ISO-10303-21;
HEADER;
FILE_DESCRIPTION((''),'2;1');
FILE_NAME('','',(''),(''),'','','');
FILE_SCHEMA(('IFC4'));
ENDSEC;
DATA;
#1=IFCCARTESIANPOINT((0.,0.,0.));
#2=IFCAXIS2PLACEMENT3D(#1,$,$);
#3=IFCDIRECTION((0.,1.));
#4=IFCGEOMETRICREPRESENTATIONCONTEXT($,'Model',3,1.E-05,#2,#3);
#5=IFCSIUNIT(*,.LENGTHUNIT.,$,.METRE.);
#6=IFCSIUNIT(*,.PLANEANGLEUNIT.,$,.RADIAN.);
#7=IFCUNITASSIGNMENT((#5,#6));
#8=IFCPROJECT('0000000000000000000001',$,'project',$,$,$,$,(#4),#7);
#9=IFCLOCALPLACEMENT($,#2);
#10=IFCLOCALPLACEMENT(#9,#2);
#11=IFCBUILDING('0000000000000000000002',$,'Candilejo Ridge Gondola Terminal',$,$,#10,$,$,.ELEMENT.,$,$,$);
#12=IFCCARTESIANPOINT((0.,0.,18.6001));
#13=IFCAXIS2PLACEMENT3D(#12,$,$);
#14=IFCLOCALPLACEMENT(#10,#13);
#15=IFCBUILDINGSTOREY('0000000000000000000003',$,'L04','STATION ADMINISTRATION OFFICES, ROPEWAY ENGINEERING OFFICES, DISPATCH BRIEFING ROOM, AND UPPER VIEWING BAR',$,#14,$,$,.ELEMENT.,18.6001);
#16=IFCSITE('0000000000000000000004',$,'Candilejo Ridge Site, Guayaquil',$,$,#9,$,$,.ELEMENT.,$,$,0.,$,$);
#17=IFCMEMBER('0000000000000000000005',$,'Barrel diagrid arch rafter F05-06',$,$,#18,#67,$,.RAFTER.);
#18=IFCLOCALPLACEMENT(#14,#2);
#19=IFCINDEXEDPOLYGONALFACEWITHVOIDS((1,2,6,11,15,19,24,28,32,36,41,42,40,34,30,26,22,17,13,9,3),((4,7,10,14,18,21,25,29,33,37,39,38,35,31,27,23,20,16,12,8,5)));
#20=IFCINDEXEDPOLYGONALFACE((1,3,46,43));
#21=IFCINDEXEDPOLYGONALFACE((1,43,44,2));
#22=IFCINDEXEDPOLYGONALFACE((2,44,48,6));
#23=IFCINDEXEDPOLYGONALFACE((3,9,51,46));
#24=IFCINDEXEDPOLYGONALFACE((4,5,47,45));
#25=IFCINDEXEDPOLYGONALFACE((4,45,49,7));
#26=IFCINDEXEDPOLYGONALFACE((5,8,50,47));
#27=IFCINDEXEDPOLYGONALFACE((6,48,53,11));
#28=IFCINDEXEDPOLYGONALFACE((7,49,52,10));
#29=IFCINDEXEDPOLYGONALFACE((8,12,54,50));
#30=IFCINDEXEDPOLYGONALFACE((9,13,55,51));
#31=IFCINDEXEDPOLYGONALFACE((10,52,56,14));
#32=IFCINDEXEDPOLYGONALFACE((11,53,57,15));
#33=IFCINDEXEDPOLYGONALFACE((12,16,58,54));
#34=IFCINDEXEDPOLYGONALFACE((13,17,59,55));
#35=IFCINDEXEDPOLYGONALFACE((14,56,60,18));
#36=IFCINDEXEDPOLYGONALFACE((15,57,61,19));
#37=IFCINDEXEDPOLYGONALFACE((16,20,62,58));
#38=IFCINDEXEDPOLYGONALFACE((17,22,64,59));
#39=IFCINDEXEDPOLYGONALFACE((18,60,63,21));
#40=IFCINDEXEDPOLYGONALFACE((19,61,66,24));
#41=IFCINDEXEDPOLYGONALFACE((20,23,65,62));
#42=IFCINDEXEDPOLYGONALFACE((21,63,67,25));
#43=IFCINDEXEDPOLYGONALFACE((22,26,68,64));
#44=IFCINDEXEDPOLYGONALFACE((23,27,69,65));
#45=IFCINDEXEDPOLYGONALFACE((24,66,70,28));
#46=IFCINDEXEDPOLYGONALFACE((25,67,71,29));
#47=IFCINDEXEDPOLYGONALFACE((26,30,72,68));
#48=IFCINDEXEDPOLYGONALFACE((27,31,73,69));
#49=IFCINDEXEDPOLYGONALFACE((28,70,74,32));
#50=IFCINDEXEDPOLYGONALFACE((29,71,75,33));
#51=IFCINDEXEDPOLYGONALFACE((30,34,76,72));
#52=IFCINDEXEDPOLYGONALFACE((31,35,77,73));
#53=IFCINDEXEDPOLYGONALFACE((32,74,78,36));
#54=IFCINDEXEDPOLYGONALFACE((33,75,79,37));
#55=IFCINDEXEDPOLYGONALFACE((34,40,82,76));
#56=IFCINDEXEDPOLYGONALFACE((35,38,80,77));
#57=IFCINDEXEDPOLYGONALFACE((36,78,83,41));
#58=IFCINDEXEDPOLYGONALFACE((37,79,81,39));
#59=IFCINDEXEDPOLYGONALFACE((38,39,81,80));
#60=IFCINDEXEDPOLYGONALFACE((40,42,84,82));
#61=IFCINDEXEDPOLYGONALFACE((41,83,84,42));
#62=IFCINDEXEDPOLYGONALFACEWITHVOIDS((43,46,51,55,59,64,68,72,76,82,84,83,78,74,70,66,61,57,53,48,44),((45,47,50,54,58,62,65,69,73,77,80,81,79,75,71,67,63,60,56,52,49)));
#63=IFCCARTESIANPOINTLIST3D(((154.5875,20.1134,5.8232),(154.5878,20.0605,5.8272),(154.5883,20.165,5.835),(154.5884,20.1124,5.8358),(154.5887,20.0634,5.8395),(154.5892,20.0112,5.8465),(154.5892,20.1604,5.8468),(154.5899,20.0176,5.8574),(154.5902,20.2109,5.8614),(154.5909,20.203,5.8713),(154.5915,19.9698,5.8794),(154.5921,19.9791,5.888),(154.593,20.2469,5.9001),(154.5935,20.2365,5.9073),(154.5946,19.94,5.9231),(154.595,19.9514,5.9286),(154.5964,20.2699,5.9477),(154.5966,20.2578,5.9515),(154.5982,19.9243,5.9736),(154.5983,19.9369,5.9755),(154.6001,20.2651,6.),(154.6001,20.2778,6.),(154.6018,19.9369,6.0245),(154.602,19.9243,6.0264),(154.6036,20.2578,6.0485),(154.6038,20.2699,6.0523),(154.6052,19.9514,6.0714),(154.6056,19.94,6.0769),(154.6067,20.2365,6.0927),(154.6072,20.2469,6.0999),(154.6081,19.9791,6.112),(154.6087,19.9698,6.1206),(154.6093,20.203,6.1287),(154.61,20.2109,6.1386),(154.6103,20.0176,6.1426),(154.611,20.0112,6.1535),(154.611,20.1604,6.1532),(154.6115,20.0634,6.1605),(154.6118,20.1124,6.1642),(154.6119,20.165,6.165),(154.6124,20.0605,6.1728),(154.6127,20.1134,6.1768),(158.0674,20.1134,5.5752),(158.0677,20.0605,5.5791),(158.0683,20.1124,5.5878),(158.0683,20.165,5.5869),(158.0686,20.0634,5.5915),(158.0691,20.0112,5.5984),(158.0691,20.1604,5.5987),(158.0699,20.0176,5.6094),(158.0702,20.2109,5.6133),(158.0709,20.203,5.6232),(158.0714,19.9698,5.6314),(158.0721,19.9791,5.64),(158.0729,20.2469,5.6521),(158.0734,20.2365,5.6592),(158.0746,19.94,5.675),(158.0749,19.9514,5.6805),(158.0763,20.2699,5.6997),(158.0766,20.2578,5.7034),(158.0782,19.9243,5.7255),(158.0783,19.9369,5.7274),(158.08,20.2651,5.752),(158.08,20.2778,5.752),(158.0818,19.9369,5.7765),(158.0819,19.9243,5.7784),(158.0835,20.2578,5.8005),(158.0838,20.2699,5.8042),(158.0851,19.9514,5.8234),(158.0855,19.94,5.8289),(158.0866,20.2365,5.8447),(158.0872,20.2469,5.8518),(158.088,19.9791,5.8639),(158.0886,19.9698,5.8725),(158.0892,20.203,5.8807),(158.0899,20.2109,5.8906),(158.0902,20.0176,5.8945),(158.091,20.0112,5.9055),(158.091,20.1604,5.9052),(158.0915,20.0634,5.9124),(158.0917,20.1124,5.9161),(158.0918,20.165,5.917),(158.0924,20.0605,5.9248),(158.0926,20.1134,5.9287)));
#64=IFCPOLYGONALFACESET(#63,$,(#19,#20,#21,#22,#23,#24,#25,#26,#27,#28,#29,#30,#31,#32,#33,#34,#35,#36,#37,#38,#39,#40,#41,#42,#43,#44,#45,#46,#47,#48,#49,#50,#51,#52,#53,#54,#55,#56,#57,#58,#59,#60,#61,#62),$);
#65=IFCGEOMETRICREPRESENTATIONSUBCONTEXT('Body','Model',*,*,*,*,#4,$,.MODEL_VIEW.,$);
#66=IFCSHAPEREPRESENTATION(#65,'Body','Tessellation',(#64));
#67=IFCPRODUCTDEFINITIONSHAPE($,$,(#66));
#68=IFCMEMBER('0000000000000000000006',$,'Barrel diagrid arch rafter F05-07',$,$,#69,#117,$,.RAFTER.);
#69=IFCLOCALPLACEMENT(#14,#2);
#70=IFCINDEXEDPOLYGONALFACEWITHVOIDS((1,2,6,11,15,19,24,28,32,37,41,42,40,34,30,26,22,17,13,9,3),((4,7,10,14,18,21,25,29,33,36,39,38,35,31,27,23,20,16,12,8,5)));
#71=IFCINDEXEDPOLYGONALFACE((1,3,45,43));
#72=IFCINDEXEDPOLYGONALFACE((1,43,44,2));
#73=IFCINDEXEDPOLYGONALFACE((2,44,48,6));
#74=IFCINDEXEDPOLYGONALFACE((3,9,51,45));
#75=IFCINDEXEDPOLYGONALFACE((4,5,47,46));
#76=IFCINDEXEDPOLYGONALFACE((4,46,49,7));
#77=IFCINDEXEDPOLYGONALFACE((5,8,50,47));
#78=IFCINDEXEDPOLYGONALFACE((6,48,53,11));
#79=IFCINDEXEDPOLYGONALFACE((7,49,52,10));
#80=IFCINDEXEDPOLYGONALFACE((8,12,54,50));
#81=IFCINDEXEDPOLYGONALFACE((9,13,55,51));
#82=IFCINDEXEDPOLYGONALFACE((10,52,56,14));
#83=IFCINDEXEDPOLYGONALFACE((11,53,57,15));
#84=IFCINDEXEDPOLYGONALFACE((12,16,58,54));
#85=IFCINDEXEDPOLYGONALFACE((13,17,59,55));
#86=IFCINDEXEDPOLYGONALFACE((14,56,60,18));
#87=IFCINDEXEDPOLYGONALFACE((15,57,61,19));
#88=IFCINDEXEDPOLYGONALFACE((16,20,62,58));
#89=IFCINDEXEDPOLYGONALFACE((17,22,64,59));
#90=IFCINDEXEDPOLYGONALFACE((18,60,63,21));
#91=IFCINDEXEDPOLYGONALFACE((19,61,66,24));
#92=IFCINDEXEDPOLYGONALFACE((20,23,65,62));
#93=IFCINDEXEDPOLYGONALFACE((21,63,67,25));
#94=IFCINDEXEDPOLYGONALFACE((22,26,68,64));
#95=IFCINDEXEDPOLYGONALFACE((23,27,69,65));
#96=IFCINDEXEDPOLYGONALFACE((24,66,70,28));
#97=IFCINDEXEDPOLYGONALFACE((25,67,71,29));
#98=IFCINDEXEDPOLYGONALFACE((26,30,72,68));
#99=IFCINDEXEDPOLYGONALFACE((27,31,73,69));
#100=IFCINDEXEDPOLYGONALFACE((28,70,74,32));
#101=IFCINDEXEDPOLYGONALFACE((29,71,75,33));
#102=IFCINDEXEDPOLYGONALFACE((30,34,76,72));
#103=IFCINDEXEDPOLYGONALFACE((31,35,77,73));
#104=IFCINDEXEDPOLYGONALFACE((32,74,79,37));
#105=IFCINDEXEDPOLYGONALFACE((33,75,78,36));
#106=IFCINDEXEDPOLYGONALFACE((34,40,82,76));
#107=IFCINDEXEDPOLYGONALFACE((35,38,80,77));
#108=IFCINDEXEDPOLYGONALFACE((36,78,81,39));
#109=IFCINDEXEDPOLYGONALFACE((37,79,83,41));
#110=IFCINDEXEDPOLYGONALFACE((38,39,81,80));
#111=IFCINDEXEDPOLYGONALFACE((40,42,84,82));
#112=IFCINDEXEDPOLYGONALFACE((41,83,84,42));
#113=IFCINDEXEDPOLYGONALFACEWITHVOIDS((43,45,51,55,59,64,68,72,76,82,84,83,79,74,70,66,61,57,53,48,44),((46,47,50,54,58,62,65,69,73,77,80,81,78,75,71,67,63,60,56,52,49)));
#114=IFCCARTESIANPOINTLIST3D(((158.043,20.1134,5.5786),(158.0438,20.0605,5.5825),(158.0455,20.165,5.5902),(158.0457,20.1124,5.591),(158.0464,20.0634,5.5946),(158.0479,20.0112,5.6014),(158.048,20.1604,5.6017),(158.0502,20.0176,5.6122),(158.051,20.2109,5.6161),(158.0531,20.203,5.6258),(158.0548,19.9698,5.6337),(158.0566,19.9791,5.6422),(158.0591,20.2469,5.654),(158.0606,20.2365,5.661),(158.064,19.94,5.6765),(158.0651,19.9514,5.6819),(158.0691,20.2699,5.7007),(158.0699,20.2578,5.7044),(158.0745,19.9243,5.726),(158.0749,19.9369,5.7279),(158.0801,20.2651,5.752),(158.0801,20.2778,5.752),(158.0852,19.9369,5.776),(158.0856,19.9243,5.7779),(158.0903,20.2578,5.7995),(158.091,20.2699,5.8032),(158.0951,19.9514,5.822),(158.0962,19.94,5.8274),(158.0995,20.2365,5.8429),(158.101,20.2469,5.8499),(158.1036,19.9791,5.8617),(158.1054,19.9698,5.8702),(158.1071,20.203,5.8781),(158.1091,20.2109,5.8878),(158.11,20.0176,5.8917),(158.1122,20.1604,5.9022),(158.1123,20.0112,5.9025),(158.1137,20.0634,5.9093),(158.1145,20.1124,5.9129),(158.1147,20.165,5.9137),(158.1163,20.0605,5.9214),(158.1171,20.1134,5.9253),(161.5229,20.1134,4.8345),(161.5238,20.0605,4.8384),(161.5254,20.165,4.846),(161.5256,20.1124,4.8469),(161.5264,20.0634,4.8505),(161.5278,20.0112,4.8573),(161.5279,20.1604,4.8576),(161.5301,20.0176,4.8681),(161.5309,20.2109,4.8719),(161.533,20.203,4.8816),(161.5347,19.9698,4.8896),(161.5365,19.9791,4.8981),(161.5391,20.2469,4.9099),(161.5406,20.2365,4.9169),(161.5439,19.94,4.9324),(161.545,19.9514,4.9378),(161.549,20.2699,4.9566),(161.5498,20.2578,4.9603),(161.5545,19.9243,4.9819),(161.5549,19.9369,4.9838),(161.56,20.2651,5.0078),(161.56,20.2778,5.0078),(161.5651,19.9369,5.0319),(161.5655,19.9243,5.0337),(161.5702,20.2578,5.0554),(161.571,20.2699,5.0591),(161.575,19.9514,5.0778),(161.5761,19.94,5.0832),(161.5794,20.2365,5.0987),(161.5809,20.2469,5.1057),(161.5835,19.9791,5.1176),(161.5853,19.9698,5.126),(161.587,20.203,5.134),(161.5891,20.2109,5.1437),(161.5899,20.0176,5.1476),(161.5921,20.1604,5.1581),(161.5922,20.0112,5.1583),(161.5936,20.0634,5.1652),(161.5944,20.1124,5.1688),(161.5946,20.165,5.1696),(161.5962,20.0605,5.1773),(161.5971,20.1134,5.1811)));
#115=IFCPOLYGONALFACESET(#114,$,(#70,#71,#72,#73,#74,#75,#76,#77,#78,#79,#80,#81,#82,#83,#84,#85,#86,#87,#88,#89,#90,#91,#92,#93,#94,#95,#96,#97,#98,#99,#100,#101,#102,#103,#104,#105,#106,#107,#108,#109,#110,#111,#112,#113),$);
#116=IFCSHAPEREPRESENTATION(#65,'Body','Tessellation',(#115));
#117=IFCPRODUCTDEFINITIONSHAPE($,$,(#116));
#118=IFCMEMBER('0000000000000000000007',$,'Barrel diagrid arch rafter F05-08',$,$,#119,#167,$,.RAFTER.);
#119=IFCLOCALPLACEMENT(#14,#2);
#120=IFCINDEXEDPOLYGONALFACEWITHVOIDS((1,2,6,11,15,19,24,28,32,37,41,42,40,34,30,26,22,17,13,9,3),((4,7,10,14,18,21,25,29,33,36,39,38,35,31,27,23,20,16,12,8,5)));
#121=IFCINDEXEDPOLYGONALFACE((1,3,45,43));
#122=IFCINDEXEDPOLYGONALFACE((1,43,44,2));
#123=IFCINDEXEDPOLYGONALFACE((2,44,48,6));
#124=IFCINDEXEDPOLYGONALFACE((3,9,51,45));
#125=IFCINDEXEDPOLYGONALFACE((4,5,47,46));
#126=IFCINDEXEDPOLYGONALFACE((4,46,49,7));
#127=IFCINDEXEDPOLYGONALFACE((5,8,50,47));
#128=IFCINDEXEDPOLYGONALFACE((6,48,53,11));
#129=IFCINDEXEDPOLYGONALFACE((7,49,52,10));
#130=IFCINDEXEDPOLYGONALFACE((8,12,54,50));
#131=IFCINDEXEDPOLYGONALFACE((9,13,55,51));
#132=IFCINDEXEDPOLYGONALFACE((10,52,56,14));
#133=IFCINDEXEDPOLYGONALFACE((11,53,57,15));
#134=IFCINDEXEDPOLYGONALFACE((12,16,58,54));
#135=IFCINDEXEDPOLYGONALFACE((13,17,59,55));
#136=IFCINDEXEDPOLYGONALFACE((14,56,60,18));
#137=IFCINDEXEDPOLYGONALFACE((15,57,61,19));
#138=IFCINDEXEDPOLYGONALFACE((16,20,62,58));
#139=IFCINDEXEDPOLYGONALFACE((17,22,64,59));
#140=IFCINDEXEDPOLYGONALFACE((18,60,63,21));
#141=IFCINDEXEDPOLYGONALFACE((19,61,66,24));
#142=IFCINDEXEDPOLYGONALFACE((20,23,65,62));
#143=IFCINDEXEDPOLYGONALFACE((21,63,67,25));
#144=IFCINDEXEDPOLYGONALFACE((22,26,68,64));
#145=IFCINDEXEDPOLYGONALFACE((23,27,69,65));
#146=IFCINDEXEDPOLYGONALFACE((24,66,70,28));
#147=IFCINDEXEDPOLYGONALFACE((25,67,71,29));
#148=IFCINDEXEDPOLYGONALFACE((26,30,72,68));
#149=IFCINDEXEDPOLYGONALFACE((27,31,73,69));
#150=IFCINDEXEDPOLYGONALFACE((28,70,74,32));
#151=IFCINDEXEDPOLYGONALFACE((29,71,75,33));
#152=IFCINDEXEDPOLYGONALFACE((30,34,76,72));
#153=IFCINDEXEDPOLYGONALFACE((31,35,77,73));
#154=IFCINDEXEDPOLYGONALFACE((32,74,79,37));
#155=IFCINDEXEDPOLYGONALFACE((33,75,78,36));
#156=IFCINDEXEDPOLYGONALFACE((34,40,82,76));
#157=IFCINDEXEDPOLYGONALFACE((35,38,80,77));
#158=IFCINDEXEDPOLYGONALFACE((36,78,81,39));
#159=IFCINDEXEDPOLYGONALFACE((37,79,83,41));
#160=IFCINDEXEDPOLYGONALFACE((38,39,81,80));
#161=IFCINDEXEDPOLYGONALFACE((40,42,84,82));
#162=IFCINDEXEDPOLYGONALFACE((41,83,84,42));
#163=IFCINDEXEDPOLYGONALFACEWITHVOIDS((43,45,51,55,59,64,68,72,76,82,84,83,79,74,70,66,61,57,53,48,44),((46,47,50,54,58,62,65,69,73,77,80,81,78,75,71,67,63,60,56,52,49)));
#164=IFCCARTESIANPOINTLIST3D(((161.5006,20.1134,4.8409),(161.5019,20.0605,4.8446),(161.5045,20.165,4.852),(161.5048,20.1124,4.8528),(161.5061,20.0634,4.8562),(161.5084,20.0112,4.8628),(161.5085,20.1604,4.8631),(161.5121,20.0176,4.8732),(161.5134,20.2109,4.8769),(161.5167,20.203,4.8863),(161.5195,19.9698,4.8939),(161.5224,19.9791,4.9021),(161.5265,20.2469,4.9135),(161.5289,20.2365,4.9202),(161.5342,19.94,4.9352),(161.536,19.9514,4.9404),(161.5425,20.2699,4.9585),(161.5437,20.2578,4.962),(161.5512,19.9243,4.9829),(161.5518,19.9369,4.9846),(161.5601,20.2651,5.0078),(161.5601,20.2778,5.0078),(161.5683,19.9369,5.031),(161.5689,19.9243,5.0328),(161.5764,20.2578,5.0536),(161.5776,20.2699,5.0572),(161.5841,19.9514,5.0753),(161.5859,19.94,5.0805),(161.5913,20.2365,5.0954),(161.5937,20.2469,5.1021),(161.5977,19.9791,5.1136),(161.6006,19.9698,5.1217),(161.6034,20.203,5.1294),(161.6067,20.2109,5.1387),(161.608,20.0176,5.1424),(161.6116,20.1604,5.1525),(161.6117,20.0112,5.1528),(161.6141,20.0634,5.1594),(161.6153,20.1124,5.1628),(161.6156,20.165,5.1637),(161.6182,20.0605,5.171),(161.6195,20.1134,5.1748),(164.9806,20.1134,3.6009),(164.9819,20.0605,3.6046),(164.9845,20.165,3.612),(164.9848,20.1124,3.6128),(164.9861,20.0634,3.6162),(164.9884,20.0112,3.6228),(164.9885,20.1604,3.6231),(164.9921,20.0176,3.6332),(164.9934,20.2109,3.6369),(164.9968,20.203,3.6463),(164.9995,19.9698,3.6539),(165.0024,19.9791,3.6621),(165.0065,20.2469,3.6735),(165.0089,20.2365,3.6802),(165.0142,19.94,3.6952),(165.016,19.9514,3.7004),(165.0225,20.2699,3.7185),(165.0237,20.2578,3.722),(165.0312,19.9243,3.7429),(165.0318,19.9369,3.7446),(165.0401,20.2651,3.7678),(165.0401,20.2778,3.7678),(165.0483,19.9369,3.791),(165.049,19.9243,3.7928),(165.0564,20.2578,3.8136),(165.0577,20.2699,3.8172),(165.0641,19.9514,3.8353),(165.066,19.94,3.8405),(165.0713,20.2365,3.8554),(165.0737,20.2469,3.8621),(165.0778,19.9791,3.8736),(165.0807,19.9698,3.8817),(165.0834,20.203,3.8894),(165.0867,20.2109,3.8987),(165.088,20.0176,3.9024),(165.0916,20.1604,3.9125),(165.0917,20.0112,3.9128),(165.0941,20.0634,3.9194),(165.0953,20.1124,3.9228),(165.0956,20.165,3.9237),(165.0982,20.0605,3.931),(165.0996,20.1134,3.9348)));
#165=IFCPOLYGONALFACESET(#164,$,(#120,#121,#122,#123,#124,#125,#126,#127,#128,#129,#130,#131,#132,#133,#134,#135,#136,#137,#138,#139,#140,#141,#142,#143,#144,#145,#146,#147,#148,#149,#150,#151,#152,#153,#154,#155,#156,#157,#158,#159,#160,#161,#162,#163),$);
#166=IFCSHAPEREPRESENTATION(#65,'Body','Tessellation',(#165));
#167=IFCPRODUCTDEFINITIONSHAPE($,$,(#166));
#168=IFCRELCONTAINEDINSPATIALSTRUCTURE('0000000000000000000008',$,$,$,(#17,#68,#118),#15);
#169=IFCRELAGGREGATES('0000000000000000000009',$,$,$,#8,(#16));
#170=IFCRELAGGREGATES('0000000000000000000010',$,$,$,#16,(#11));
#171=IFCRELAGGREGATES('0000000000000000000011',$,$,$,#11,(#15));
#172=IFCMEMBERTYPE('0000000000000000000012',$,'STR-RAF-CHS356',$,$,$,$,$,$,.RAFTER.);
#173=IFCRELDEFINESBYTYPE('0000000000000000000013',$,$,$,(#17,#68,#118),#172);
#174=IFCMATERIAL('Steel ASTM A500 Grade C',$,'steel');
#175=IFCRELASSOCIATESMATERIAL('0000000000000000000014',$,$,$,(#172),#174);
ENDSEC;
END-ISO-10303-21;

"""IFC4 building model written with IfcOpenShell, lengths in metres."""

from ifc_helpers import new_model, si_unit, direction, frame, origin, origin_2d, place, context, subcontext, project, spatial, hollow_circle, extrude, material, material_profile, profile_set, type_object, element, save


model = new_model("IFC4")

# Units and contexts
model_context = context("Model", 3, precision=1e-05, world=origin(), true_north=direction((0.0, 1.0)))
body_context = subcontext(model_context, "Body", "Model", "MODEL_VIEW")
ifc_project = project(units=[si_unit("LENGTHUNIT", "METRE"), si_unit("PLANEANGLEUNIT", "RADIAN")], contexts=[model_context])

# Site, building, storey
site_placement = place(None, origin())
site = spatial("IfcSite", under=ifc_project, at=site_placement, Name="Candilejo Ridge Site, Guayaquil", CompositionType="ELEMENT", RefElevation=0.0)
building_placement = place(site_placement, origin())
building = spatial("IfcBuilding", under=site, at=building_placement, Name="Candilejo Ridge Gondola Terminal", CompositionType="ELEMENT")
storey_placement = place(building_placement, frame((0.0, 0.0, 18.6001)))
storey = spatial("IfcBuildingStorey", under=building, at=storey_placement, Name="L04", Description="STATION ADMINISTRATION OFFICES, ROPEWAY ENGINEERING OFFICES, DISPATCH BRIEFING ROOM, AND UPPER VIEWING BAR", CompositionType="ELEMENT", Elevation=18.6001)

# Members
ifc_material_1 = material(Name="Steel ASTM A500 Grade C", Category="steel")
ifc_material_profile_1 = material_profile(ifc_material_1, hollow_circle(Radius=0.1777, WallThickness=0.0127, at=origin_2d()))
ifc_profile_set_1 = profile_set([ifc_material_profile_1], Name="Steel ASTM A500 Grade C")
member_type_1 = type_object("IfcMemberType", Name="STR-RAF-CHS356", PredefinedType="RAFTER", material=ifc_profile_set_1)
member_1_placement = place(storey_placement, frame((154.6001, 20.1001, 6.0), z_axis=(0.997469, 0.0, -0.071098), x_axis=(0.0, 1.0, 0.0)))
element("IfcMember", 1, at=member_1_placement, inside=storey, type_object=member_type_1, Name="Barrel diagrid arch rafter F05-06", PredefinedType="RAFTER", context=body_context, shape_type="SweptSolid", body=[
    extrude(hollow_circle(Radius=0.1777, WallThickness=0.0127, at=origin_2d()), origin(), (0.0, 0.0, 1.0), 3.4888),
])
member_2_placement = place(storey_placement, frame((158.0801, 20.1001, 5.752), z_axis=(0.977893, 0.0, -0.209107), x_axis=(0.0, 1.0, 0.0)))
element("IfcMember", 2, at=member_2_placement, inside=storey, type_object=member_type_1, Name="Barrel diagrid arch rafter F05-07", PredefinedType="RAFTER", context=body_context, shape_type="SweptSolid", body=[
    extrude(hollow_circle(Radius=0.1777, WallThickness=0.0127, at=origin_2d()), origin(), (0.0, 0.0, 1.0), 3.5586),
])
member_3_placement = place(storey_placement, frame((161.5601, 20.1001, 5.0078), z_axis=(0.941987, 0.0, -0.33565), x_axis=(0.0, 1.0, 0.0)))
element("IfcMember", 3, at=member_3_placement, inside=storey, type_object=member_type_1, Name="Barrel diagrid arch rafter F05-08", PredefinedType="RAFTER", context=body_context, shape_type="SweptSolid", body=[
    extrude(hollow_circle(Radius=0.1777, WallThickness=0.0127, at=origin_2d()), origin(), (0.0, 0.0, 1.0), 3.6943),
])

save(model, "model.ifc")
